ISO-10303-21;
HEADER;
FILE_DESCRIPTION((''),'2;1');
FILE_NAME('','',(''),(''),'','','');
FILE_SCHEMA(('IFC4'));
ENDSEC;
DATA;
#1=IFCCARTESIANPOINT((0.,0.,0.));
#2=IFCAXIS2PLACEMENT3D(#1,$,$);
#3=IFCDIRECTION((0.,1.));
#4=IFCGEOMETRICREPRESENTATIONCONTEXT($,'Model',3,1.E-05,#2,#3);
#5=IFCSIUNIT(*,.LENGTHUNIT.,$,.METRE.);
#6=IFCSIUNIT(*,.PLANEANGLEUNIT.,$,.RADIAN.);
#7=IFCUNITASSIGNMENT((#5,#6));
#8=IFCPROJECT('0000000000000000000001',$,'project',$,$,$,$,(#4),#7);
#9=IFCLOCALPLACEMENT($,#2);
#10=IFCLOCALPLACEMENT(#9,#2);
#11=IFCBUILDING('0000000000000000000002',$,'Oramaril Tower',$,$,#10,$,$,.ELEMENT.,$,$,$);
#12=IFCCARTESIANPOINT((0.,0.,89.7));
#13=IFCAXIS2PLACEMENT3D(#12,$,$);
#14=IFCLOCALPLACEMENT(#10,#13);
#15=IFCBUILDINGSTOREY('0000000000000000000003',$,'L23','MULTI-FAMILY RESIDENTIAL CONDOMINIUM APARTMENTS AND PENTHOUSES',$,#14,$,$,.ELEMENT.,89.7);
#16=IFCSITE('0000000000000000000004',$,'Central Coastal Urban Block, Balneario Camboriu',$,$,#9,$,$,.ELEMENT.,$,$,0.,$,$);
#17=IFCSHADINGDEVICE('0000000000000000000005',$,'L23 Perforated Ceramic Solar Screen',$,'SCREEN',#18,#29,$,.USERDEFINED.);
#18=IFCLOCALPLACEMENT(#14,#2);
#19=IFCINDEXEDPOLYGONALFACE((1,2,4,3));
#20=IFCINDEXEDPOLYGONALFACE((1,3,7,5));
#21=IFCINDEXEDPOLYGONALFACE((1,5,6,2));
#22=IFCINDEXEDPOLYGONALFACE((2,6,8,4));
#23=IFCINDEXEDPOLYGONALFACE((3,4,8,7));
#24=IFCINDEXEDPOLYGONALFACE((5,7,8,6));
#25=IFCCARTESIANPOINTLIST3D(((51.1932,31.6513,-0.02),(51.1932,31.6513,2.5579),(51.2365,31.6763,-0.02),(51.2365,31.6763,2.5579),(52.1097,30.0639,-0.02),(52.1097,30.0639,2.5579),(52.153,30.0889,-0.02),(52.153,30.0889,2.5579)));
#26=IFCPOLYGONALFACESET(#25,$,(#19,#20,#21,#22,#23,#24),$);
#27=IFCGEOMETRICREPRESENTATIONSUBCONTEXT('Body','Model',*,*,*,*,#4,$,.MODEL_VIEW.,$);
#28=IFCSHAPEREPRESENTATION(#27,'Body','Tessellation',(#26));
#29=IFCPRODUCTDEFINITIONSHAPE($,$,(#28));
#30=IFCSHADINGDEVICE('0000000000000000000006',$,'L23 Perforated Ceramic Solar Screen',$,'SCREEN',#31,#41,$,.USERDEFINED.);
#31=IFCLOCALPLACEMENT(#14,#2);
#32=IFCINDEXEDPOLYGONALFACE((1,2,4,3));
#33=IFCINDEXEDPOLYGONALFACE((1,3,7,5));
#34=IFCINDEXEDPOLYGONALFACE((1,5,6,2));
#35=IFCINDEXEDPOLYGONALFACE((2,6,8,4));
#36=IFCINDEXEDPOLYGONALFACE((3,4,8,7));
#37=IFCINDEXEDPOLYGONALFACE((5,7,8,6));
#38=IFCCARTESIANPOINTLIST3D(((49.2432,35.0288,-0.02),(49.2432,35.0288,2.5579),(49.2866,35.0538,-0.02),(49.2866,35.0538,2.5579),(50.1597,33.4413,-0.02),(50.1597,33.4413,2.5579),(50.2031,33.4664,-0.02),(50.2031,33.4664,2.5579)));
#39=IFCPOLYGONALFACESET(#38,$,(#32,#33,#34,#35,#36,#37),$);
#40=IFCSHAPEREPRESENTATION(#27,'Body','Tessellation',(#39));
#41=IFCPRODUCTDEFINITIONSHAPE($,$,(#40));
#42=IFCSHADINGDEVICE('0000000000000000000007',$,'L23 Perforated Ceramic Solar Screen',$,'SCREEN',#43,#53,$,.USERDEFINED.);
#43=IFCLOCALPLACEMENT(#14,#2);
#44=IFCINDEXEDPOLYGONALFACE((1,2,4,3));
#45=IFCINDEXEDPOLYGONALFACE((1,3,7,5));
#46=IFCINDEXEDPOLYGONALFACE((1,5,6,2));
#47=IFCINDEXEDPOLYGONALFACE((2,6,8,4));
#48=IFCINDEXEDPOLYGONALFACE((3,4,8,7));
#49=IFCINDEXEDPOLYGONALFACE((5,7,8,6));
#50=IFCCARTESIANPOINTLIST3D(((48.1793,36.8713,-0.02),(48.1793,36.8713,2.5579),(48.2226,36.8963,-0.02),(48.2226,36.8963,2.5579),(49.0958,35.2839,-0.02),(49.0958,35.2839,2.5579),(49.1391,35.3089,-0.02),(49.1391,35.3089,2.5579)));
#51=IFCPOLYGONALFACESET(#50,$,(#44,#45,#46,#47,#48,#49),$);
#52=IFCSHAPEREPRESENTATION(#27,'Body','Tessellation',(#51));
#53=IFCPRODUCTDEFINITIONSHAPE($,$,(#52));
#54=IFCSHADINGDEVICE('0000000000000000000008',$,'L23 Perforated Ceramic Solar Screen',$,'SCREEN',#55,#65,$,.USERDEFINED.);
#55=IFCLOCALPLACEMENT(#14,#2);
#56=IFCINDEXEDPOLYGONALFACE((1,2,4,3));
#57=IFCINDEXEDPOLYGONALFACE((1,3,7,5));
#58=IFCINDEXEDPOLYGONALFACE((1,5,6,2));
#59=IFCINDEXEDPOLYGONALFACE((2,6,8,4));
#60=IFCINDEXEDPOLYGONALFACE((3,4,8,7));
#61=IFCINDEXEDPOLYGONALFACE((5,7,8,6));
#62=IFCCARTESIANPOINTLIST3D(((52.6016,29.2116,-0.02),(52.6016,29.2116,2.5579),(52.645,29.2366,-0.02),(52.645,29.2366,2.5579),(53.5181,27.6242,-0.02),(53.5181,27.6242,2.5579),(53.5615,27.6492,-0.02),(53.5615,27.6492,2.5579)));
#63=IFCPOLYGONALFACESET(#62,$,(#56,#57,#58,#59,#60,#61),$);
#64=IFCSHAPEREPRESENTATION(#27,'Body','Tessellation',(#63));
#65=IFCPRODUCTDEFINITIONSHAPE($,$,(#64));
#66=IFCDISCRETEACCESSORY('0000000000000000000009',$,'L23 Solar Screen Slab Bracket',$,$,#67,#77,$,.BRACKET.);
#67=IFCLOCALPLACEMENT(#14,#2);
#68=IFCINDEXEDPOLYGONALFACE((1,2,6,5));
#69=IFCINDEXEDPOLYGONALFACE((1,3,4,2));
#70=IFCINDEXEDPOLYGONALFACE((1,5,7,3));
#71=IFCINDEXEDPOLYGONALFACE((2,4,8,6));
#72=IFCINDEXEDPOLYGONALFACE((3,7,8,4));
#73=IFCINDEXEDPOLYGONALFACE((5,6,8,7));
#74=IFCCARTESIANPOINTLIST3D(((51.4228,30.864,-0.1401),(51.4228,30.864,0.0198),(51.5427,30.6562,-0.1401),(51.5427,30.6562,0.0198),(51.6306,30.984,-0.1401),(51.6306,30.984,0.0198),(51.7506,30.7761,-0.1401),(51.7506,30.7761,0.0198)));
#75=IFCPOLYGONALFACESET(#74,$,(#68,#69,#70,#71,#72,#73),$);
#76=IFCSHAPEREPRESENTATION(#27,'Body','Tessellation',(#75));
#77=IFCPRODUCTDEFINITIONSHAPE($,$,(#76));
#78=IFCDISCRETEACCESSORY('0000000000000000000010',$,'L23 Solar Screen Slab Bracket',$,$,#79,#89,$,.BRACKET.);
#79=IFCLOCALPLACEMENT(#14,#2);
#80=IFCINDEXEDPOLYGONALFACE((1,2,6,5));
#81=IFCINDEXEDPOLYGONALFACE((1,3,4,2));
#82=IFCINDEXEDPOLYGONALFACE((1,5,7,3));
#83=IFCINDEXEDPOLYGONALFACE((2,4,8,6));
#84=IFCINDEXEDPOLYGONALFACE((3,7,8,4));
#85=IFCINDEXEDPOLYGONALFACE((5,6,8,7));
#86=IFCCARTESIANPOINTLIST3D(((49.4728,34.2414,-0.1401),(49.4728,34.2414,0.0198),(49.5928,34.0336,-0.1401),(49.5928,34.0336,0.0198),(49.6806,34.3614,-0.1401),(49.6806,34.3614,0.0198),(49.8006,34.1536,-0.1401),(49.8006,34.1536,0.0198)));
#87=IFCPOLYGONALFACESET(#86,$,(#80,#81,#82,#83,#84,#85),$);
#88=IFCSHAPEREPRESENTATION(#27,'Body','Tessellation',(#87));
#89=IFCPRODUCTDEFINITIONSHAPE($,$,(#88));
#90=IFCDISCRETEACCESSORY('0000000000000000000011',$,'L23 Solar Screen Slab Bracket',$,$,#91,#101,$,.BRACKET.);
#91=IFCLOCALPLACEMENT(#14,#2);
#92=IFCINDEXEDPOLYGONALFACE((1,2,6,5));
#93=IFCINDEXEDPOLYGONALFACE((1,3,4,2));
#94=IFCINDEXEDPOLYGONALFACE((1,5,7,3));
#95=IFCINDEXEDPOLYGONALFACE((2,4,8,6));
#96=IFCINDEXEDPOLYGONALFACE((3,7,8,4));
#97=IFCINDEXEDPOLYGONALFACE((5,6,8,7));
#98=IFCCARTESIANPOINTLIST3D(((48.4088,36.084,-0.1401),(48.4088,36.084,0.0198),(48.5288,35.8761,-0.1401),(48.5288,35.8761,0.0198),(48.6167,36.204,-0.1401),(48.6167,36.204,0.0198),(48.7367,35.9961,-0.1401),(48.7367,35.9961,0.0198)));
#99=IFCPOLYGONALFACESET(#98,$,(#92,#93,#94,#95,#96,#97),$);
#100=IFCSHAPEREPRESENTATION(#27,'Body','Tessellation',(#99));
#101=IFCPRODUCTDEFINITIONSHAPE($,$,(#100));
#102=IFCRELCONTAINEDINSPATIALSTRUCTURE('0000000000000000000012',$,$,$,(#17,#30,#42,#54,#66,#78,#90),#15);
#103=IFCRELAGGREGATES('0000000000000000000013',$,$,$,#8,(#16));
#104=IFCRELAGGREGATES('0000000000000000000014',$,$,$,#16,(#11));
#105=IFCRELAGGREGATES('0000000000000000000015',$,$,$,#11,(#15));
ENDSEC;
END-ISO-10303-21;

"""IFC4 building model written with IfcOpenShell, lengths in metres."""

from ifc_helpers import new_model, si_unit, direction, frame, origin, origin_2d, place, context, subcontext, project, spatial, rectangle, extrude, element, save


model = new_model("IFC4")

# Units and contexts
model_context = context("Model", 3, precision=1e-05, world=origin(), true_north=direction((0.0, 1.0)))
body_context = subcontext(model_context, "Body", "Model", "MODEL_VIEW")
ifc_project = project(units=[si_unit("LENGTHUNIT", "METRE"), si_unit("PLANEANGLEUNIT", "RADIAN")], contexts=[model_context])

# Site, building, storey
site_placement = place(None, origin())
site = spatial("IfcSite", under=ifc_project, at=site_placement, Name="Central Coastal Urban Block, Balneario Camboriu", CompositionType="ELEMENT", RefElevation=0.0)
building_placement = place(site_placement, origin())
building = spatial("IfcBuilding", under=site, at=building_placement, Name="Oramaril Tower", CompositionType="ELEMENT")
storey_placement = place(building_placement, frame((0.0, 0.0, 89.7)))
storey = spatial("IfcBuildingStorey", under=building, at=storey_placement, Name="L23", Description="MULTI-FAMILY RESIDENTIAL CONDOMINIUM APARTMENTS AND PENTHOUSES", CompositionType="ELEMENT", Elevation=89.7)

# Shading devices
for number, where, z_axis, x_axis, name in (
    (1, (51.6731, 30.8701, -0.02), (0.0, 0.0, 1.0), (-0.5, 0.866025, 0.0), "L23 Perforated Ceramic Solar Screen"),
    (2, (49.7231, 34.2476, -0.02), (0.0, 0.0, 1.0), (-0.5, 0.866025, 0.0), "L23 Perforated Ceramic Solar Screen"),
    (3, (48.6592, 36.0901, -0.02), (0.0, 0.0, 1.0), (-0.5, 0.866025, 0.0), "L23 Perforated Ceramic Solar Screen"),
    (4, (53.0815, 28.4304, -0.02), (0.0, 0.0, 1.0), (-0.5, 0.866025, 0.0), "L23 Perforated Ceramic Solar Screen"),
):
    element("IfcShadingDevice", number, at=place(storey_placement, frame(where, z_axis=z_axis, x_axis=x_axis)), inside=storey, Name=name, ObjectType="SCREEN", PredefinedType="USERDEFINED", context=body_context, shape_type="SweptSolid", body=[
        extrude(rectangle(XDim=1.833, YDim=0.05, at=origin_2d()), origin(), (0.0, 0.0, 1.0), 2.5779),
    ])

# Discrete accessories
for number, where, z_axis, x_axis, name in (
    (5, (51.5867, 30.8201, -0.1401), (0.0, 0.0, 1.0), (-0.5, 0.866025, 0.0), "L23 Solar Screen Slab Bracket"),
    (6, (49.6367, 34.1975, -0.1401), (0.0, 0.0, 1.0), (-0.5, 0.866025, 0.0), "L23 Solar Screen Slab Bracket"),
    (7, (48.5728, 36.04, -0.1401), (0.0, 0.0, 1.0), (-0.5, 0.866025, 0.0), "L23 Solar Screen Slab Bracket"),
):
    element("IfcDiscreteAccessory", number, at=place(storey_placement, frame(where, z_axis=z_axis, x_axis=x_axis)), inside=storey, Name=name, PredefinedType="BRACKET", context=body_context, shape_type="SweptSolid", body=[
        extrude(rectangle(XDim=0.24, YDim=0.24, at=origin_2d()), origin(), (0.0, 0.0, 1.0), 0.1599),
    ])

save(model, "model.ifc")
